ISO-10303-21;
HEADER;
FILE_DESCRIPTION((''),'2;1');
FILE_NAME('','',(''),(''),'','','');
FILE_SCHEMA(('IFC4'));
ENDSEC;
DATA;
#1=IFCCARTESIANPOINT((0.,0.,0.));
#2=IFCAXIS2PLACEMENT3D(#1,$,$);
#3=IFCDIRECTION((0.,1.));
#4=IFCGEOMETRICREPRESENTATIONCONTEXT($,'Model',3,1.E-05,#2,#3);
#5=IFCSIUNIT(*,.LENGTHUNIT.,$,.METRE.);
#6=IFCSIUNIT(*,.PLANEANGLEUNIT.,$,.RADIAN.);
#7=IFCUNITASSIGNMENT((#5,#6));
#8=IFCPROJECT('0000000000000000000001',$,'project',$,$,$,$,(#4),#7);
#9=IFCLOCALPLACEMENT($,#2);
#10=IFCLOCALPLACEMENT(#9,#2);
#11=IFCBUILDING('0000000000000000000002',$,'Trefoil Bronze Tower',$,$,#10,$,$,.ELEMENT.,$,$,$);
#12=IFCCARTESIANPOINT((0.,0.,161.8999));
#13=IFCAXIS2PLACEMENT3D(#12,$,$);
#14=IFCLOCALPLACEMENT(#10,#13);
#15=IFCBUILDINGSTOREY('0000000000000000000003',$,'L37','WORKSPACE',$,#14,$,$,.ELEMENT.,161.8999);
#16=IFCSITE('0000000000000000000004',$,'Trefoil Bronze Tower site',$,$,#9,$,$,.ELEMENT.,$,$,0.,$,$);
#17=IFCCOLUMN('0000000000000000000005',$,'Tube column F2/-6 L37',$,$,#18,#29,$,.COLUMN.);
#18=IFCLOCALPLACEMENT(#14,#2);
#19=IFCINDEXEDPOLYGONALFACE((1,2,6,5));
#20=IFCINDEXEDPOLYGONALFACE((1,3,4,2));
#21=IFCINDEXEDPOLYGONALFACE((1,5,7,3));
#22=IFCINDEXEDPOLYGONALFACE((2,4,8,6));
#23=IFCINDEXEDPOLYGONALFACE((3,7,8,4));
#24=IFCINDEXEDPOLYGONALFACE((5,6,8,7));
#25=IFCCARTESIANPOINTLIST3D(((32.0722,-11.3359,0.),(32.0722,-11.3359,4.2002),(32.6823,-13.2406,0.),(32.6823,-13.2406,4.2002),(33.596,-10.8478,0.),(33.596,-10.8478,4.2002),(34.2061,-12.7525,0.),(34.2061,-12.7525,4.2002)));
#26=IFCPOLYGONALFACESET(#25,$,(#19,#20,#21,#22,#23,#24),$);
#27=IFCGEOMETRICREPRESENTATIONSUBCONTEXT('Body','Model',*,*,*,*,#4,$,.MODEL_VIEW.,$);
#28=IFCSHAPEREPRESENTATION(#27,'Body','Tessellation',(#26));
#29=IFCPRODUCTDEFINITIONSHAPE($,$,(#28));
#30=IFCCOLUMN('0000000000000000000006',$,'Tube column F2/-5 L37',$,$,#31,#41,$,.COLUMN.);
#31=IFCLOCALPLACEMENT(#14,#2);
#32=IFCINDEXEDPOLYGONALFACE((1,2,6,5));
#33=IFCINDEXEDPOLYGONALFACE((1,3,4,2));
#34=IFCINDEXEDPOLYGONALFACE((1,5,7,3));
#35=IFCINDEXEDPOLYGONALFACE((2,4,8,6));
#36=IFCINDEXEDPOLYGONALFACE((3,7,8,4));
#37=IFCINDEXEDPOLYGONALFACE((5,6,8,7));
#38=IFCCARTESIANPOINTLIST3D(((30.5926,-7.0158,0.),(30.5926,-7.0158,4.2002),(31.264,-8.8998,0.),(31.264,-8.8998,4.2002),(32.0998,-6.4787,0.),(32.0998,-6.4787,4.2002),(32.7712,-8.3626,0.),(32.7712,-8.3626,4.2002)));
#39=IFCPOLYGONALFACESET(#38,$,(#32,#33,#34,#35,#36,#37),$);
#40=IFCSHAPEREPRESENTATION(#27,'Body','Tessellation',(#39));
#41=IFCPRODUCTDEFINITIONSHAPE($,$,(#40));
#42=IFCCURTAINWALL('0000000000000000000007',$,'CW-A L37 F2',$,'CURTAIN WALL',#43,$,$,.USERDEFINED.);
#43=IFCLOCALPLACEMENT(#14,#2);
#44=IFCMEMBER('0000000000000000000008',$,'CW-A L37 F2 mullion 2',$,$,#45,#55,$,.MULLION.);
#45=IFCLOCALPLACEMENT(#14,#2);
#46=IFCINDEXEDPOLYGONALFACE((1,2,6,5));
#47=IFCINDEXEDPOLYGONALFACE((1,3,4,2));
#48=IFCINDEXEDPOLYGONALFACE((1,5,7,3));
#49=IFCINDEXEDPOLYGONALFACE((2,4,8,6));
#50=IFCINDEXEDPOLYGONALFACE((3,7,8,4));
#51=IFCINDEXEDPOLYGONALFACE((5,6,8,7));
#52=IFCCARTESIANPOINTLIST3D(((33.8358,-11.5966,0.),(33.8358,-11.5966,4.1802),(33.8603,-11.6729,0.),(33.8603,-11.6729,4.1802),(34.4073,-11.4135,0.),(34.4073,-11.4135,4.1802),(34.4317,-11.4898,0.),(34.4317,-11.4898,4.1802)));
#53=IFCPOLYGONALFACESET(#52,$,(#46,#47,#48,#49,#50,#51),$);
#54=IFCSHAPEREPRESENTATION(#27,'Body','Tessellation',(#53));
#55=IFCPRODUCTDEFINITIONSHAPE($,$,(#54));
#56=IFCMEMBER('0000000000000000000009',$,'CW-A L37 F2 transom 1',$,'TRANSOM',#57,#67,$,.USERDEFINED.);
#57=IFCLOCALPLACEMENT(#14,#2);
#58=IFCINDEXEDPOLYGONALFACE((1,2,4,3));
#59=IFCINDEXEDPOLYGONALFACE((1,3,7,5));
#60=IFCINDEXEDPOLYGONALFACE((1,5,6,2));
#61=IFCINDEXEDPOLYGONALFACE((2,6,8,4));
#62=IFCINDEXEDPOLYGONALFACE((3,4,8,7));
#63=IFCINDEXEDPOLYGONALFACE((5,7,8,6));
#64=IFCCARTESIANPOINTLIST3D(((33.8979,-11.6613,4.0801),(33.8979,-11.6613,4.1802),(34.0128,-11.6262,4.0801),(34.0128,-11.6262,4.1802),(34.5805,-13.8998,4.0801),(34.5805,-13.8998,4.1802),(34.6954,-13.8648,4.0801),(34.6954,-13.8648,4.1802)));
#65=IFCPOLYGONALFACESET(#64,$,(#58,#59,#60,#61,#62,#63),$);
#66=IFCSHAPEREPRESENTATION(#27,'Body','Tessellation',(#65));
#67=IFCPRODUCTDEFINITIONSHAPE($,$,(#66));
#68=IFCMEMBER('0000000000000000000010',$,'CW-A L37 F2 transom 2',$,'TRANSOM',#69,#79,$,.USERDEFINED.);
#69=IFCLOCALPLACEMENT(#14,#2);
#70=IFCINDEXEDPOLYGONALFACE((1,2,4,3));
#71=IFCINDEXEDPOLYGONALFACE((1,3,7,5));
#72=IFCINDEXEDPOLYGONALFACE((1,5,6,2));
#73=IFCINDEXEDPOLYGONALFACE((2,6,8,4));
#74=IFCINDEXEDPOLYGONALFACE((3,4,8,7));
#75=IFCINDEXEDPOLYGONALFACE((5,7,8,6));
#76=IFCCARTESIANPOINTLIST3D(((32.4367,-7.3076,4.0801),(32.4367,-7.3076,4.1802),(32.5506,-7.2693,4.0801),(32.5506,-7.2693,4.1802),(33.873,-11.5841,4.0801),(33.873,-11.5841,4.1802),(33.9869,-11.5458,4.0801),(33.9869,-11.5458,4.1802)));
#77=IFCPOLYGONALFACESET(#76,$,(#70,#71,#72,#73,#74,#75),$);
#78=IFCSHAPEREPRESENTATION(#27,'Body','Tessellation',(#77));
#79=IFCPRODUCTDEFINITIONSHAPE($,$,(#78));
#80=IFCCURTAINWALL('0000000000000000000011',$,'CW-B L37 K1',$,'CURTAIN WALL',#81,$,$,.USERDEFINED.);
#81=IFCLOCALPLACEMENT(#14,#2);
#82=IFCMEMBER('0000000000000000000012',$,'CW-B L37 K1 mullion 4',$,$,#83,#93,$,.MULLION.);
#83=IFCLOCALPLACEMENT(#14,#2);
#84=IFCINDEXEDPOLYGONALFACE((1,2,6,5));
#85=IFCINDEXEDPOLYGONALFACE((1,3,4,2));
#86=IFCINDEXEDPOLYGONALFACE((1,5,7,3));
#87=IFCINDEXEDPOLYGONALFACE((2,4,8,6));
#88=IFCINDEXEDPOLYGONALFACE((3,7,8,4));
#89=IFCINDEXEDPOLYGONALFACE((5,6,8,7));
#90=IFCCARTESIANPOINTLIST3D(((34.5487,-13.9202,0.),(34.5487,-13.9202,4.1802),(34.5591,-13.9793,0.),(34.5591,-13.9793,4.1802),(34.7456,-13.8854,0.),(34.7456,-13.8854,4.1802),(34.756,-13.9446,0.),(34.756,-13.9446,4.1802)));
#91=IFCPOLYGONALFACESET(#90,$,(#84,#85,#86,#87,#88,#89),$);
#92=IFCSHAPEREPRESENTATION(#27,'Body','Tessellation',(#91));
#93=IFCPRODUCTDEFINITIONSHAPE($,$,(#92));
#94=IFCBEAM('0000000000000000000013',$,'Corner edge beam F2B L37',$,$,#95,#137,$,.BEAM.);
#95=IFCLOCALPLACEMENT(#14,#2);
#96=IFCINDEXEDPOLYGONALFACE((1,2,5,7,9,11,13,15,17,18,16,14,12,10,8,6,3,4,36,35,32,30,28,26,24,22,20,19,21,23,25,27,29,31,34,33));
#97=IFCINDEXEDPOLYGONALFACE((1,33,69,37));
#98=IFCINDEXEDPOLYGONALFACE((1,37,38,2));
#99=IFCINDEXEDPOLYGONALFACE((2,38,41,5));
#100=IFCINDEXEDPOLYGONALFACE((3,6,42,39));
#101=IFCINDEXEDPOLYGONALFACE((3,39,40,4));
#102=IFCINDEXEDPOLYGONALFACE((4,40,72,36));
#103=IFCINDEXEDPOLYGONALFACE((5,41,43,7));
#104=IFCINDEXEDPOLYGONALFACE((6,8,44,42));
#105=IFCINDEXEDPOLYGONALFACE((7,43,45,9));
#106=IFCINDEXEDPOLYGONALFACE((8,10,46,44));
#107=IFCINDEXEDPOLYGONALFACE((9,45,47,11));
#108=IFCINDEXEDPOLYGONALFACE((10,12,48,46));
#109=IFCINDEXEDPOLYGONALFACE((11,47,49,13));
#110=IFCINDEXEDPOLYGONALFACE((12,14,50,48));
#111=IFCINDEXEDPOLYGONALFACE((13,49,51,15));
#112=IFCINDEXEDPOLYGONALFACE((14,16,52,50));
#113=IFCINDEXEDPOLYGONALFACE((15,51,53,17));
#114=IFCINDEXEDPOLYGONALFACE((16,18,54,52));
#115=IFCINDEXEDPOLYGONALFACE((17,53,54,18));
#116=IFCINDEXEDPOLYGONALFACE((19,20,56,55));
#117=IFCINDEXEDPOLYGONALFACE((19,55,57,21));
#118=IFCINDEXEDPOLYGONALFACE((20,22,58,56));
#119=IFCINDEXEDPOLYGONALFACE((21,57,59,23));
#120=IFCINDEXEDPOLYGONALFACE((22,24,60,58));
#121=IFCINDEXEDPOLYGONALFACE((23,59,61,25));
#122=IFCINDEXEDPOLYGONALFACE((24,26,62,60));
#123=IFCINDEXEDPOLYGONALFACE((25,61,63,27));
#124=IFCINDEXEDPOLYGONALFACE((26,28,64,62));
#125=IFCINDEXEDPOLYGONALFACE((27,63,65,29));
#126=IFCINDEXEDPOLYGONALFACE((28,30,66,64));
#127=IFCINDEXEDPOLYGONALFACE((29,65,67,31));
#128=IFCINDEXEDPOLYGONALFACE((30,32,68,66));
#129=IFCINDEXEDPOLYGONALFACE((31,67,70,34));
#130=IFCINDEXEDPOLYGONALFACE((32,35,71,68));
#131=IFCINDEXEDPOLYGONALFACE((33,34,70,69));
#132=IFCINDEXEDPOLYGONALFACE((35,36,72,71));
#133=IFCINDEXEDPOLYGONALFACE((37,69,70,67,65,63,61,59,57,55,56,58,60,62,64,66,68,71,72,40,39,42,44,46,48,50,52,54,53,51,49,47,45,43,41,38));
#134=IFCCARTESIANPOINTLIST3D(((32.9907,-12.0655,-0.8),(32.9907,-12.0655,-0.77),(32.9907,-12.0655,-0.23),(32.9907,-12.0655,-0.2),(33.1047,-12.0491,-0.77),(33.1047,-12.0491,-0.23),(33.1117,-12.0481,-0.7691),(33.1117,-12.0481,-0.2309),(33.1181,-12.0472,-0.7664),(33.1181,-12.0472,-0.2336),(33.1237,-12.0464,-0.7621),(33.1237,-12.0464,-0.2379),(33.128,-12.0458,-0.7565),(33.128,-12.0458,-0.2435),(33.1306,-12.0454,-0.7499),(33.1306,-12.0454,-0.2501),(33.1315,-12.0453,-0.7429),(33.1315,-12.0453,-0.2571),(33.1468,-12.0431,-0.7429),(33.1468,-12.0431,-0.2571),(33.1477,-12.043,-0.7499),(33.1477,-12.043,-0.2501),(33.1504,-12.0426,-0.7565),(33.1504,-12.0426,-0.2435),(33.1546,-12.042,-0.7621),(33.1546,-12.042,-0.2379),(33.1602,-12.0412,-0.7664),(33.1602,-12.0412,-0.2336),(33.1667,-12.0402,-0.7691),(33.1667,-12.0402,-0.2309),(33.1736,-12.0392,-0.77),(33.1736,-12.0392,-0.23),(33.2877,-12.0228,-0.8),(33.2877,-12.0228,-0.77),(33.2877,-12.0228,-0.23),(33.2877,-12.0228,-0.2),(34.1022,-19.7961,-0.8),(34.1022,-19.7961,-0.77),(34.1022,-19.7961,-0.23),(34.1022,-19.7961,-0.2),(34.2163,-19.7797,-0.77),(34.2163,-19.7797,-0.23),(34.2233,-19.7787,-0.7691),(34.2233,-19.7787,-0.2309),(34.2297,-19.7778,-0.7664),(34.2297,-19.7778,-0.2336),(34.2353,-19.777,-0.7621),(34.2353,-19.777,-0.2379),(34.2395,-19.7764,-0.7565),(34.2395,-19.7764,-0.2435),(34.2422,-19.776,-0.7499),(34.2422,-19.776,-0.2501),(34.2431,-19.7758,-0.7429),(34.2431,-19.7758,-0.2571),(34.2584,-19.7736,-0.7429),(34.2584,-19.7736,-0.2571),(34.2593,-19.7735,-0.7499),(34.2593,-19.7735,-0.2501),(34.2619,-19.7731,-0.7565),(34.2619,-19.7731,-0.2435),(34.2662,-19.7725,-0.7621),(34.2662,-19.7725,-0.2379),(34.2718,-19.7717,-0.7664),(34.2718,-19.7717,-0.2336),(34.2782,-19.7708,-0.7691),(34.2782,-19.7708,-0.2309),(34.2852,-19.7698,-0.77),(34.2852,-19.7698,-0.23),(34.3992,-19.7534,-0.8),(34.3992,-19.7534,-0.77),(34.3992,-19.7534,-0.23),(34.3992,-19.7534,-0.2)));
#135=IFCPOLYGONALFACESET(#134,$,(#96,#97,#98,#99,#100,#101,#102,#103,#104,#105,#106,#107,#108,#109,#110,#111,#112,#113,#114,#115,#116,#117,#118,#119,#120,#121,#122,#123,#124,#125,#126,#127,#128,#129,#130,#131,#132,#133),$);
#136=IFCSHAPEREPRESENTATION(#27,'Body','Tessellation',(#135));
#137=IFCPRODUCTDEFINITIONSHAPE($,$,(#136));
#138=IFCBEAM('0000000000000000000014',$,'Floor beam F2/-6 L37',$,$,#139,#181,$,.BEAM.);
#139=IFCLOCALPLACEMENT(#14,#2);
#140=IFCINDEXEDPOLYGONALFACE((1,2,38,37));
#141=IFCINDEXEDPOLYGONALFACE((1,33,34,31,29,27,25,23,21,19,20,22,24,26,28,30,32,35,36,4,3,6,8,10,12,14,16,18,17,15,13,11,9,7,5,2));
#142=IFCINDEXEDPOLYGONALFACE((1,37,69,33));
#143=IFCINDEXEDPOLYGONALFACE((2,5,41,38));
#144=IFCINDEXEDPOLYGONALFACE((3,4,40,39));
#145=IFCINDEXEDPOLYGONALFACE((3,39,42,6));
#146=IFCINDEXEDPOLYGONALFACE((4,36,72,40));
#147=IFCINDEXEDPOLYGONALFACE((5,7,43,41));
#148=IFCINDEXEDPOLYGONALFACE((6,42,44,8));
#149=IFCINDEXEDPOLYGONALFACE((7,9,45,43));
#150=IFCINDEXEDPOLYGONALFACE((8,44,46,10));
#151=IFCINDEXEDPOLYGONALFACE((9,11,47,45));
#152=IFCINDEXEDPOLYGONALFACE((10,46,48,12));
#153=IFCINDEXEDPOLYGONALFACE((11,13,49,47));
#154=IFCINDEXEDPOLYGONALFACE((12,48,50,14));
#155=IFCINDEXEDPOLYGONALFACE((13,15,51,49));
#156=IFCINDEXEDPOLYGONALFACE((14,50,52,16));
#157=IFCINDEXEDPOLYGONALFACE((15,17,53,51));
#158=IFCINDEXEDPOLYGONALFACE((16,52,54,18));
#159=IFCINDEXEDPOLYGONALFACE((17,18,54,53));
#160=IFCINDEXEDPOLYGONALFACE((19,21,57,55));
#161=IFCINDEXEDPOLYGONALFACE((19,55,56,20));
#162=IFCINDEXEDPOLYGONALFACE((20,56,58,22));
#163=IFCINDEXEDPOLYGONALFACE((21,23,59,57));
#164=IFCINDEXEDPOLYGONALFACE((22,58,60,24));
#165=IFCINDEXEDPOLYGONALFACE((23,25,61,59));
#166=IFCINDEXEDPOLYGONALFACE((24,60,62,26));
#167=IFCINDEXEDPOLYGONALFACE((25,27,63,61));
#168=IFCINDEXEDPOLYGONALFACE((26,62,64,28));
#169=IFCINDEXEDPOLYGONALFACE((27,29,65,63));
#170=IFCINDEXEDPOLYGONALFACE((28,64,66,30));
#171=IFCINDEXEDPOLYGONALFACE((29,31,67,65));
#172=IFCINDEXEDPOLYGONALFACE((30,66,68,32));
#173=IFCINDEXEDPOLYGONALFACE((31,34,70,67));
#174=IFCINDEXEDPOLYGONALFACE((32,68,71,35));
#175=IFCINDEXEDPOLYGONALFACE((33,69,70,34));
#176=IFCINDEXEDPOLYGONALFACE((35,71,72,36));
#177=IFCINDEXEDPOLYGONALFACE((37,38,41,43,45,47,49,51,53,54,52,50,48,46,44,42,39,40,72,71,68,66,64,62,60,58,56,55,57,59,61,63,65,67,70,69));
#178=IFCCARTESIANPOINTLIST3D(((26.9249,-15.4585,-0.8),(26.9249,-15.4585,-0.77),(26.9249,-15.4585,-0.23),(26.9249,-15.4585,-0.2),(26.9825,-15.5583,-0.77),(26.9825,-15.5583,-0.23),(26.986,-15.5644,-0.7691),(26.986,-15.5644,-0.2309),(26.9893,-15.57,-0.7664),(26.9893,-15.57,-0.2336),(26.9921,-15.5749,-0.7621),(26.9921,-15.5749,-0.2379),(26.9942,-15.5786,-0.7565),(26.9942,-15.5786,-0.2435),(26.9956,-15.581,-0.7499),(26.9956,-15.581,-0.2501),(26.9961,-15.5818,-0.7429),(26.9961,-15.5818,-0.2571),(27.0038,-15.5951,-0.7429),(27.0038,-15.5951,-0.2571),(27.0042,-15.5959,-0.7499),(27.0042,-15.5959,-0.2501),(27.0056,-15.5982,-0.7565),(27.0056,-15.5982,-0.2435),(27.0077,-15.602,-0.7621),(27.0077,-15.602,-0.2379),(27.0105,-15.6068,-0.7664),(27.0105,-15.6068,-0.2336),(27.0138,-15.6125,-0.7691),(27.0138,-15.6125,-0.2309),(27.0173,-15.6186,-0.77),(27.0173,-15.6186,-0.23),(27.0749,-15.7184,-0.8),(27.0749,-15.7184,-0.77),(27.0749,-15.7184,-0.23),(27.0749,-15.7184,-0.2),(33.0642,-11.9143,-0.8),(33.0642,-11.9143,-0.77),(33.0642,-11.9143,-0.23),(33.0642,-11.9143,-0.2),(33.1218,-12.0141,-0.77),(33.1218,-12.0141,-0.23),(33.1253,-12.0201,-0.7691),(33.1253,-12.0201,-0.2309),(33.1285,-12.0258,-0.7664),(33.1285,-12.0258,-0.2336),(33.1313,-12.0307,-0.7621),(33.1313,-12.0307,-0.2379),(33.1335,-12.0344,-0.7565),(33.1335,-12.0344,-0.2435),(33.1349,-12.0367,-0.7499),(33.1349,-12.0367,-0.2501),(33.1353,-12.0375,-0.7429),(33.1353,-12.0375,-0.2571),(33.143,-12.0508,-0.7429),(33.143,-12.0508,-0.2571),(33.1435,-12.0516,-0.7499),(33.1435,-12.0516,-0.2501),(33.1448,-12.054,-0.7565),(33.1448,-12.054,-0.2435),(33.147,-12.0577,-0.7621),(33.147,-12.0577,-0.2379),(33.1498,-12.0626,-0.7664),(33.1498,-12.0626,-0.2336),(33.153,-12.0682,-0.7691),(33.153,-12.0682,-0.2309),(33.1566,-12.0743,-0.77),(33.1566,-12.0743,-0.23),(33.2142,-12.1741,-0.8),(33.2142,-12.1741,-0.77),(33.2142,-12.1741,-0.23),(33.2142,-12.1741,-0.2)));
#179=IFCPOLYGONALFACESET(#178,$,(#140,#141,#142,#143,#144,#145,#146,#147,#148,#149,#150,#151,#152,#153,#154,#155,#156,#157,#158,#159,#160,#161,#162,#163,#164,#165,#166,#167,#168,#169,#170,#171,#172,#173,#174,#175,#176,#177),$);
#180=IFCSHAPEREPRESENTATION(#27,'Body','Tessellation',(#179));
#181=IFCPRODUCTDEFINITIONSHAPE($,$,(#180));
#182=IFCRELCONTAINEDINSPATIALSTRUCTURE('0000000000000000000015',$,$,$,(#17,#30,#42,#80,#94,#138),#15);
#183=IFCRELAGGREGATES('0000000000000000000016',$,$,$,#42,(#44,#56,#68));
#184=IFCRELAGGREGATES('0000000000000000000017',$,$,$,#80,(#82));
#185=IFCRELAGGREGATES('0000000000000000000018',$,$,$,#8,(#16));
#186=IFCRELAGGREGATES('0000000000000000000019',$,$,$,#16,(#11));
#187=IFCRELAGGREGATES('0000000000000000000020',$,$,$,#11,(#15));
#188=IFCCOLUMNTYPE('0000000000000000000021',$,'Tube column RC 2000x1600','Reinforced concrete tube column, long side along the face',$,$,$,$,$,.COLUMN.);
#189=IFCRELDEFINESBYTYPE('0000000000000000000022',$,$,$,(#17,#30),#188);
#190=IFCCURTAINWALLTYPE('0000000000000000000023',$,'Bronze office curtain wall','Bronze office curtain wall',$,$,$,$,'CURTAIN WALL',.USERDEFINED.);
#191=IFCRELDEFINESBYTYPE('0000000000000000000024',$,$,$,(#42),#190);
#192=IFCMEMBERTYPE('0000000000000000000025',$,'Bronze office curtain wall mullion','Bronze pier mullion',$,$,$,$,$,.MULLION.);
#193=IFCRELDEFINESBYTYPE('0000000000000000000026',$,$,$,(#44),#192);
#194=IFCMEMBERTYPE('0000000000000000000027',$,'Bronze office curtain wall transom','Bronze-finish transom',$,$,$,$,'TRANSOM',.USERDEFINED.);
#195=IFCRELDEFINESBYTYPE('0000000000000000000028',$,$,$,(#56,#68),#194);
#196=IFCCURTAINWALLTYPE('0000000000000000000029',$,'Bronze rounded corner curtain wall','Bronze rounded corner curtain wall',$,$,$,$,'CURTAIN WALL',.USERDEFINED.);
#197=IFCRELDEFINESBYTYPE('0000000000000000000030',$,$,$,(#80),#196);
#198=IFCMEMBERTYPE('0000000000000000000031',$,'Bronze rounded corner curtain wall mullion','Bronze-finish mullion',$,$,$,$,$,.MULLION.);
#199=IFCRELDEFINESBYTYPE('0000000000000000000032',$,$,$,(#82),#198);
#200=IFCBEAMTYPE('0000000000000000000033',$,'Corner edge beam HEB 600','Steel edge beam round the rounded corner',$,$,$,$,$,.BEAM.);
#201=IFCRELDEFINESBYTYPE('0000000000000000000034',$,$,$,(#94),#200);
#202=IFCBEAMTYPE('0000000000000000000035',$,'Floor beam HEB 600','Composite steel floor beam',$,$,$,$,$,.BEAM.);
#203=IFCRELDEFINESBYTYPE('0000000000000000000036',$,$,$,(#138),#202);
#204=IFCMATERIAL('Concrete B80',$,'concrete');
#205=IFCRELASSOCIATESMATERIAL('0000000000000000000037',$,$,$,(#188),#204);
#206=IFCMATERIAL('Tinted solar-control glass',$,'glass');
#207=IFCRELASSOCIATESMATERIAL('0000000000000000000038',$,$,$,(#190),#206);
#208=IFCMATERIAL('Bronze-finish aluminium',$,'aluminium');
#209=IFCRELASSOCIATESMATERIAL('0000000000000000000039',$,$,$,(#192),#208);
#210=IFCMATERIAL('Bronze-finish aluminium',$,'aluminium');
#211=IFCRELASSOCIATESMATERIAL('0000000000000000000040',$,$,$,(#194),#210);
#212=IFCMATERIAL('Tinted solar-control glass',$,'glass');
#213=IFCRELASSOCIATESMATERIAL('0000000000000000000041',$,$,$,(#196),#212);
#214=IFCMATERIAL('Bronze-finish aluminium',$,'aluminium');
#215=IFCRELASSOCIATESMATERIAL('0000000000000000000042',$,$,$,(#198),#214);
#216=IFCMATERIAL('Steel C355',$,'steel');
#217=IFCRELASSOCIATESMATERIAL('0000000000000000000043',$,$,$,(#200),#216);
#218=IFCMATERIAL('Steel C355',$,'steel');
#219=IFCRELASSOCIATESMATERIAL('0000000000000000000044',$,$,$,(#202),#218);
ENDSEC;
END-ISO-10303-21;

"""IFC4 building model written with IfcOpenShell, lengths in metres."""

from ifc_helpers import new_model, si_unit, direction, frame, origin, origin_2d, place, context, subcontext, project, spatial, rectangle, i_section, extrude, material, material_profile, profile_set, type_object, element, aggregate, save


model = new_model("IFC4")

# Units and contexts
model_context = context("Model", 3, precision=1e-05, world=origin(), true_north=direction((0.0, 1.0)))
body_context = subcontext(model_context, "Body", "Model", "MODEL_VIEW")
ifc_project = project(units=[si_unit("LENGTHUNIT", "METRE"), si_unit("PLANEANGLEUNIT", "RADIAN")], contexts=[model_context])

# Site, building, storey
site_placement = place(None, origin())
site = spatial("IfcSite", under=ifc_project, at=site_placement, Name="Trefoil Bronze Tower site", CompositionType="ELEMENT", RefElevation=0.0)
building_placement = place(site_placement, origin())
building = spatial("IfcBuilding", under=site, at=building_placement, Name="Trefoil Bronze Tower", CompositionType="ELEMENT")
storey_placement = place(building_placement, frame((0.0, 0.0, 161.8999)))
storey = spatial("IfcBuildingStorey", under=building, at=storey_placement, Name="L37", Description="WORKSPACE", CompositionType="ELEMENT", Elevation=161.8999)

# Columns
ifc_material_1 = material(Name="Concrete B80", Category="concrete")
ifc_material_profile_1 = material_profile(ifc_material_1, rectangle(XDim=2.0, YDim=1.6001, at=origin_2d()), Name="RC 2000x1600")
ifc_profile_set_1 = profile_set([ifc_material_profile_1], Name="Concrete B80")
column_type = type_object("IfcColumnType", Name="Tube column RC 2000x1600", Description="Reinforced concrete tube column, long side along the face", PredefinedType="COLUMN", material=ifc_profile_set_1)
for number, where, z_axis, x_axis, name in (
    (1, (33.1392, -12.0442, 0.0), (0.0, 0.0, 1.0), (-0.305066, 0.952331, 0.0), "Tube column F2/-6 L37"),
    (2, (31.6819, -7.6892, 0.0), (0.0, 0.0, 1.0), (-0.335718, 0.941963, 0.0), "Tube column F2/-5 L37"),
):
    element("IfcColumn", number, at=place(storey_placement, frame(where, z_axis=z_axis, x_axis=x_axis)), inside=storey, type_object=column_type, Name=name, PredefinedType="COLUMN", context=body_context, shape_type="SweptSolid", body=[
        extrude(rectangle(XDim=2.0, YDim=1.6001, at=origin_2d()), origin(), (0.0, 0.0, 1.0), 4.2002),
    ])

# Curtain wall, members
ifc_material_2 = material(Name="Tinted solar-control glass", Category="glass")
curtain_wall_type_1 = type_object("IfcCurtainWallType", Name="Bronze office curtain wall", Description="Bronze office curtain wall", ElementType="CURTAIN WALL", PredefinedType="USERDEFINED", material=ifc_material_2)
curtain_wall_1_placement = place(storey_placement, origin())
curtain_wall_1 = element("IfcCurtainWall", 3, at=curtain_wall_1_placement, inside=storey, type_object=curtain_wall_type_1, Name="CW-A L37 F2", ObjectType="CURTAIN WALL", PredefinedType="USERDEFINED")
ifc_material_3 = material(Name="Bronze-finish aluminium", Category="aluminium")
ifc_material_profile_2 = material_profile(ifc_material_3, rectangle(XDim=0.6001, YDim=0.0801, at=origin_2d()), Name="CW-A mullion")
ifc_profile_set_2 = profile_set([ifc_material_profile_2], Name="Bronze-finish aluminium")
member_type_1 = type_object("IfcMemberType", Name="Bronze office curtain wall mullion", Description="Bronze pier mullion", PredefinedType="MULLION", material=ifc_profile_set_2)
member_1_placement = place(storey_placement, frame((34.1338, -11.5432, 0.0), z_axis=(0.0, 0.0, 1.0), x_axis=(-0.952331, -0.305066, 0.0)))
member_1 = element("IfcMember", 4, at=member_1_placement, type_object=member_type_1, Name="CW-A L37 F2 mullion 2", PredefinedType="MULLION", context=body_context, shape_type="SweptSolid", body=[
    extrude(rectangle(XDim=0.6001, YDim=0.0801, at=origin_2d()), origin(), (0.0, 0.0, 1.0), 4.1802),
])
ifc_material_4 = material(Name="Bronze-finish aluminium", Category="aluminium")
ifc_material_profile_3 = material_profile(ifc_material_4, rectangle(XDim=0.1201, YDim=0.1001, at=origin_2d()), Name="CW-A transom")
ifc_profile_set_3 = profile_set([ifc_material_profile_3], Name="Bronze-finish aluminium")
member_type_2 = type_object("IfcMemberType", Name="Bronze office curtain wall transom", Description="Bronze-finish transom", ElementType="TRANSOM", PredefinedType="USERDEFINED", material=ifc_profile_set_3)
member_2_placement = place(storey_placement, frame((34.6379, -13.8823, 4.1301), z_axis=(-0.29168, 0.956516, 0.0), x_axis=(-0.956516, -0.29168, 0.0)))
member_2 = element("IfcMember", 5, at=member_2_placement, type_object=member_type_2, Name="CW-A L37 F2 transom 1", ObjectType="TRANSOM", PredefinedType="USERDEFINED", context=body_context, shape_type="SweptSolid", body=[
    extrude(rectangle(XDim=0.1201, YDim=0.1001, at=origin_2d()), origin(), (0.0, 0.0, 1.0), 2.3403),
])
member_3_placement = place(storey_placement, frame((33.9299, -11.5649, 4.1301), z_axis=(-0.318386, 0.947961, 0.0), x_axis=(-0.947961, -0.318386, 0.0)))
member_3 = element("IfcMember", 6, at=member_3_placement, type_object=member_type_2, Name="CW-A L37 F2 transom 2", ObjectType="TRANSOM", PredefinedType="USERDEFINED", context=body_context, shape_type="SweptSolid", body=[
    extrude(rectangle(XDim=0.1201, YDim=0.1001, at=origin_2d()), origin(), (0.0, 0.0, 1.0), 4.5112),
])

# Curtain wall, member
ifc_material_5 = material(Name="Tinted solar-control glass", Category="glass")
curtain_wall_type_2 = type_object("IfcCurtainWallType", Name="Bronze rounded corner curtain wall", Description="Bronze rounded corner curtain wall", ElementType="CURTAIN WALL", PredefinedType="USERDEFINED", material=ifc_material_5)
curtain_wall_2_placement = place(storey_placement, origin())
curtain_wall_2 = element("IfcCurtainWall", 7, at=curtain_wall_2_placement, inside=storey, type_object=curtain_wall_type_2, Name="CW-B L37 K1", ObjectType="CURTAIN WALL", PredefinedType="USERDEFINED")
ifc_material_6 = material(Name="Bronze-finish aluminium", Category="aluminium")
ifc_material_profile_4 = material_profile(ifc_material_6, rectangle(XDim=0.2, YDim=0.0601, at=origin_2d()), Name="CW-B mullion")
ifc_profile_set_4 = profile_set([ifc_material_profile_4], Name="Bronze-finish aluminium")
member_type_3 = type_object("IfcMemberType", Name="Bronze rounded corner curtain wall mullion", Description="Bronze-finish mullion", PredefinedType="MULLION", material=ifc_profile_set_4)
member_4_placement = place(storey_placement, frame((34.6523, -13.9324, 0.0), z_axis=(0.0, 0.0, 1.0), x_axis=(-0.984808, -0.173648, 0.0)))
member_4 = element("IfcMember", 8, at=member_4_placement, type_object=member_type_3, Name="CW-B L37 K1 mullion 4", PredefinedType="MULLION", context=body_context, shape_type="SweptSolid", body=[
    extrude(rectangle(XDim=0.2, YDim=0.0601, at=origin_2d()), origin(), (0.0, 0.0, 1.0), 4.1802),
])

# Beams
ifc_material_7 = material(Name="Steel C355", Category="steel")
ifc_material_profile_5 = material_profile(ifc_material_7, i_section(OverallWidth=0.3, OverallDepth=0.6001, WebThickness=0.0154, FlangeThickness=0.03, FilletRadius=0.0271, at=origin_2d()), Name="HEB 600")
ifc_profile_set_5 = profile_set([ifc_material_profile_5], Name="Steel C355")
beam_type_1 = type_object("IfcBeamType", Name="Corner edge beam HEB 600", Description="Steel edge beam round the rounded corner", PredefinedType="BEAM", material=ifc_profile_set_5)
beam_1_placement = place(storey_placement, frame((33.1392, -12.0442, -0.5), z_axis=(0.142327, -0.98982, 0.0), x_axis=(0.98982, 0.142327, 0.0)))
element("IfcBeam", 9, at=beam_1_placement, inside=storey, type_object=beam_type_1, Name="Corner edge beam F2B L37", PredefinedType="BEAM", context=body_context, shape_type="SweptSolid", body=[
    extrude(i_section(OverallWidth=0.3, OverallDepth=0.6001, WebThickness=0.0154, FlangeThickness=0.03, FilletRadius=0.0271, at=origin_2d()), origin(), (0.0, 0.0, 1.0), 7.8101),
])
ifc_material_8 = material(Name="Steel C355", Category="steel")
ifc_material_profile_6 = material_profile(ifc_material_8, i_section(OverallWidth=0.3, OverallDepth=0.6001, WebThickness=0.0154, FlangeThickness=0.03, FilletRadius=0.0271, at=origin_2d()), Name="HEB 600")
ifc_profile_set_6 = profile_set([ifc_material_profile_6], Name="Steel C355")
beam_type_2 = type_object("IfcBeamType", Name="Floor beam HEB 600", Description="Composite steel floor beam", PredefinedType="BEAM", material=ifc_profile_set_6)
beam_2_placement = place(storey_placement, frame((33.1392, -12.0442, -0.5), z_axis=(-0.866041, -0.499973, 0.0), x_axis=(0.499973, -0.866041, 0.0)))
element("IfcBeam", 10, at=beam_2_placement, inside=storey, type_object=beam_type_2, Name="Floor beam F2/-6 L37", PredefinedType="BEAM", context=body_context, shape_type="SweptSolid", body=[
    extrude(i_section(OverallWidth=0.3, OverallDepth=0.6001, WebThickness=0.0154, FlangeThickness=0.03, FilletRadius=0.0271, at=origin_2d()), origin(), (0.0, 0.0, 1.0), 7.0889),
])

aggregate(curtain_wall_1, [member_1, member_2, member_3])
aggregate(curtain_wall_2, [member_4])

save(model, "model.ifc")
